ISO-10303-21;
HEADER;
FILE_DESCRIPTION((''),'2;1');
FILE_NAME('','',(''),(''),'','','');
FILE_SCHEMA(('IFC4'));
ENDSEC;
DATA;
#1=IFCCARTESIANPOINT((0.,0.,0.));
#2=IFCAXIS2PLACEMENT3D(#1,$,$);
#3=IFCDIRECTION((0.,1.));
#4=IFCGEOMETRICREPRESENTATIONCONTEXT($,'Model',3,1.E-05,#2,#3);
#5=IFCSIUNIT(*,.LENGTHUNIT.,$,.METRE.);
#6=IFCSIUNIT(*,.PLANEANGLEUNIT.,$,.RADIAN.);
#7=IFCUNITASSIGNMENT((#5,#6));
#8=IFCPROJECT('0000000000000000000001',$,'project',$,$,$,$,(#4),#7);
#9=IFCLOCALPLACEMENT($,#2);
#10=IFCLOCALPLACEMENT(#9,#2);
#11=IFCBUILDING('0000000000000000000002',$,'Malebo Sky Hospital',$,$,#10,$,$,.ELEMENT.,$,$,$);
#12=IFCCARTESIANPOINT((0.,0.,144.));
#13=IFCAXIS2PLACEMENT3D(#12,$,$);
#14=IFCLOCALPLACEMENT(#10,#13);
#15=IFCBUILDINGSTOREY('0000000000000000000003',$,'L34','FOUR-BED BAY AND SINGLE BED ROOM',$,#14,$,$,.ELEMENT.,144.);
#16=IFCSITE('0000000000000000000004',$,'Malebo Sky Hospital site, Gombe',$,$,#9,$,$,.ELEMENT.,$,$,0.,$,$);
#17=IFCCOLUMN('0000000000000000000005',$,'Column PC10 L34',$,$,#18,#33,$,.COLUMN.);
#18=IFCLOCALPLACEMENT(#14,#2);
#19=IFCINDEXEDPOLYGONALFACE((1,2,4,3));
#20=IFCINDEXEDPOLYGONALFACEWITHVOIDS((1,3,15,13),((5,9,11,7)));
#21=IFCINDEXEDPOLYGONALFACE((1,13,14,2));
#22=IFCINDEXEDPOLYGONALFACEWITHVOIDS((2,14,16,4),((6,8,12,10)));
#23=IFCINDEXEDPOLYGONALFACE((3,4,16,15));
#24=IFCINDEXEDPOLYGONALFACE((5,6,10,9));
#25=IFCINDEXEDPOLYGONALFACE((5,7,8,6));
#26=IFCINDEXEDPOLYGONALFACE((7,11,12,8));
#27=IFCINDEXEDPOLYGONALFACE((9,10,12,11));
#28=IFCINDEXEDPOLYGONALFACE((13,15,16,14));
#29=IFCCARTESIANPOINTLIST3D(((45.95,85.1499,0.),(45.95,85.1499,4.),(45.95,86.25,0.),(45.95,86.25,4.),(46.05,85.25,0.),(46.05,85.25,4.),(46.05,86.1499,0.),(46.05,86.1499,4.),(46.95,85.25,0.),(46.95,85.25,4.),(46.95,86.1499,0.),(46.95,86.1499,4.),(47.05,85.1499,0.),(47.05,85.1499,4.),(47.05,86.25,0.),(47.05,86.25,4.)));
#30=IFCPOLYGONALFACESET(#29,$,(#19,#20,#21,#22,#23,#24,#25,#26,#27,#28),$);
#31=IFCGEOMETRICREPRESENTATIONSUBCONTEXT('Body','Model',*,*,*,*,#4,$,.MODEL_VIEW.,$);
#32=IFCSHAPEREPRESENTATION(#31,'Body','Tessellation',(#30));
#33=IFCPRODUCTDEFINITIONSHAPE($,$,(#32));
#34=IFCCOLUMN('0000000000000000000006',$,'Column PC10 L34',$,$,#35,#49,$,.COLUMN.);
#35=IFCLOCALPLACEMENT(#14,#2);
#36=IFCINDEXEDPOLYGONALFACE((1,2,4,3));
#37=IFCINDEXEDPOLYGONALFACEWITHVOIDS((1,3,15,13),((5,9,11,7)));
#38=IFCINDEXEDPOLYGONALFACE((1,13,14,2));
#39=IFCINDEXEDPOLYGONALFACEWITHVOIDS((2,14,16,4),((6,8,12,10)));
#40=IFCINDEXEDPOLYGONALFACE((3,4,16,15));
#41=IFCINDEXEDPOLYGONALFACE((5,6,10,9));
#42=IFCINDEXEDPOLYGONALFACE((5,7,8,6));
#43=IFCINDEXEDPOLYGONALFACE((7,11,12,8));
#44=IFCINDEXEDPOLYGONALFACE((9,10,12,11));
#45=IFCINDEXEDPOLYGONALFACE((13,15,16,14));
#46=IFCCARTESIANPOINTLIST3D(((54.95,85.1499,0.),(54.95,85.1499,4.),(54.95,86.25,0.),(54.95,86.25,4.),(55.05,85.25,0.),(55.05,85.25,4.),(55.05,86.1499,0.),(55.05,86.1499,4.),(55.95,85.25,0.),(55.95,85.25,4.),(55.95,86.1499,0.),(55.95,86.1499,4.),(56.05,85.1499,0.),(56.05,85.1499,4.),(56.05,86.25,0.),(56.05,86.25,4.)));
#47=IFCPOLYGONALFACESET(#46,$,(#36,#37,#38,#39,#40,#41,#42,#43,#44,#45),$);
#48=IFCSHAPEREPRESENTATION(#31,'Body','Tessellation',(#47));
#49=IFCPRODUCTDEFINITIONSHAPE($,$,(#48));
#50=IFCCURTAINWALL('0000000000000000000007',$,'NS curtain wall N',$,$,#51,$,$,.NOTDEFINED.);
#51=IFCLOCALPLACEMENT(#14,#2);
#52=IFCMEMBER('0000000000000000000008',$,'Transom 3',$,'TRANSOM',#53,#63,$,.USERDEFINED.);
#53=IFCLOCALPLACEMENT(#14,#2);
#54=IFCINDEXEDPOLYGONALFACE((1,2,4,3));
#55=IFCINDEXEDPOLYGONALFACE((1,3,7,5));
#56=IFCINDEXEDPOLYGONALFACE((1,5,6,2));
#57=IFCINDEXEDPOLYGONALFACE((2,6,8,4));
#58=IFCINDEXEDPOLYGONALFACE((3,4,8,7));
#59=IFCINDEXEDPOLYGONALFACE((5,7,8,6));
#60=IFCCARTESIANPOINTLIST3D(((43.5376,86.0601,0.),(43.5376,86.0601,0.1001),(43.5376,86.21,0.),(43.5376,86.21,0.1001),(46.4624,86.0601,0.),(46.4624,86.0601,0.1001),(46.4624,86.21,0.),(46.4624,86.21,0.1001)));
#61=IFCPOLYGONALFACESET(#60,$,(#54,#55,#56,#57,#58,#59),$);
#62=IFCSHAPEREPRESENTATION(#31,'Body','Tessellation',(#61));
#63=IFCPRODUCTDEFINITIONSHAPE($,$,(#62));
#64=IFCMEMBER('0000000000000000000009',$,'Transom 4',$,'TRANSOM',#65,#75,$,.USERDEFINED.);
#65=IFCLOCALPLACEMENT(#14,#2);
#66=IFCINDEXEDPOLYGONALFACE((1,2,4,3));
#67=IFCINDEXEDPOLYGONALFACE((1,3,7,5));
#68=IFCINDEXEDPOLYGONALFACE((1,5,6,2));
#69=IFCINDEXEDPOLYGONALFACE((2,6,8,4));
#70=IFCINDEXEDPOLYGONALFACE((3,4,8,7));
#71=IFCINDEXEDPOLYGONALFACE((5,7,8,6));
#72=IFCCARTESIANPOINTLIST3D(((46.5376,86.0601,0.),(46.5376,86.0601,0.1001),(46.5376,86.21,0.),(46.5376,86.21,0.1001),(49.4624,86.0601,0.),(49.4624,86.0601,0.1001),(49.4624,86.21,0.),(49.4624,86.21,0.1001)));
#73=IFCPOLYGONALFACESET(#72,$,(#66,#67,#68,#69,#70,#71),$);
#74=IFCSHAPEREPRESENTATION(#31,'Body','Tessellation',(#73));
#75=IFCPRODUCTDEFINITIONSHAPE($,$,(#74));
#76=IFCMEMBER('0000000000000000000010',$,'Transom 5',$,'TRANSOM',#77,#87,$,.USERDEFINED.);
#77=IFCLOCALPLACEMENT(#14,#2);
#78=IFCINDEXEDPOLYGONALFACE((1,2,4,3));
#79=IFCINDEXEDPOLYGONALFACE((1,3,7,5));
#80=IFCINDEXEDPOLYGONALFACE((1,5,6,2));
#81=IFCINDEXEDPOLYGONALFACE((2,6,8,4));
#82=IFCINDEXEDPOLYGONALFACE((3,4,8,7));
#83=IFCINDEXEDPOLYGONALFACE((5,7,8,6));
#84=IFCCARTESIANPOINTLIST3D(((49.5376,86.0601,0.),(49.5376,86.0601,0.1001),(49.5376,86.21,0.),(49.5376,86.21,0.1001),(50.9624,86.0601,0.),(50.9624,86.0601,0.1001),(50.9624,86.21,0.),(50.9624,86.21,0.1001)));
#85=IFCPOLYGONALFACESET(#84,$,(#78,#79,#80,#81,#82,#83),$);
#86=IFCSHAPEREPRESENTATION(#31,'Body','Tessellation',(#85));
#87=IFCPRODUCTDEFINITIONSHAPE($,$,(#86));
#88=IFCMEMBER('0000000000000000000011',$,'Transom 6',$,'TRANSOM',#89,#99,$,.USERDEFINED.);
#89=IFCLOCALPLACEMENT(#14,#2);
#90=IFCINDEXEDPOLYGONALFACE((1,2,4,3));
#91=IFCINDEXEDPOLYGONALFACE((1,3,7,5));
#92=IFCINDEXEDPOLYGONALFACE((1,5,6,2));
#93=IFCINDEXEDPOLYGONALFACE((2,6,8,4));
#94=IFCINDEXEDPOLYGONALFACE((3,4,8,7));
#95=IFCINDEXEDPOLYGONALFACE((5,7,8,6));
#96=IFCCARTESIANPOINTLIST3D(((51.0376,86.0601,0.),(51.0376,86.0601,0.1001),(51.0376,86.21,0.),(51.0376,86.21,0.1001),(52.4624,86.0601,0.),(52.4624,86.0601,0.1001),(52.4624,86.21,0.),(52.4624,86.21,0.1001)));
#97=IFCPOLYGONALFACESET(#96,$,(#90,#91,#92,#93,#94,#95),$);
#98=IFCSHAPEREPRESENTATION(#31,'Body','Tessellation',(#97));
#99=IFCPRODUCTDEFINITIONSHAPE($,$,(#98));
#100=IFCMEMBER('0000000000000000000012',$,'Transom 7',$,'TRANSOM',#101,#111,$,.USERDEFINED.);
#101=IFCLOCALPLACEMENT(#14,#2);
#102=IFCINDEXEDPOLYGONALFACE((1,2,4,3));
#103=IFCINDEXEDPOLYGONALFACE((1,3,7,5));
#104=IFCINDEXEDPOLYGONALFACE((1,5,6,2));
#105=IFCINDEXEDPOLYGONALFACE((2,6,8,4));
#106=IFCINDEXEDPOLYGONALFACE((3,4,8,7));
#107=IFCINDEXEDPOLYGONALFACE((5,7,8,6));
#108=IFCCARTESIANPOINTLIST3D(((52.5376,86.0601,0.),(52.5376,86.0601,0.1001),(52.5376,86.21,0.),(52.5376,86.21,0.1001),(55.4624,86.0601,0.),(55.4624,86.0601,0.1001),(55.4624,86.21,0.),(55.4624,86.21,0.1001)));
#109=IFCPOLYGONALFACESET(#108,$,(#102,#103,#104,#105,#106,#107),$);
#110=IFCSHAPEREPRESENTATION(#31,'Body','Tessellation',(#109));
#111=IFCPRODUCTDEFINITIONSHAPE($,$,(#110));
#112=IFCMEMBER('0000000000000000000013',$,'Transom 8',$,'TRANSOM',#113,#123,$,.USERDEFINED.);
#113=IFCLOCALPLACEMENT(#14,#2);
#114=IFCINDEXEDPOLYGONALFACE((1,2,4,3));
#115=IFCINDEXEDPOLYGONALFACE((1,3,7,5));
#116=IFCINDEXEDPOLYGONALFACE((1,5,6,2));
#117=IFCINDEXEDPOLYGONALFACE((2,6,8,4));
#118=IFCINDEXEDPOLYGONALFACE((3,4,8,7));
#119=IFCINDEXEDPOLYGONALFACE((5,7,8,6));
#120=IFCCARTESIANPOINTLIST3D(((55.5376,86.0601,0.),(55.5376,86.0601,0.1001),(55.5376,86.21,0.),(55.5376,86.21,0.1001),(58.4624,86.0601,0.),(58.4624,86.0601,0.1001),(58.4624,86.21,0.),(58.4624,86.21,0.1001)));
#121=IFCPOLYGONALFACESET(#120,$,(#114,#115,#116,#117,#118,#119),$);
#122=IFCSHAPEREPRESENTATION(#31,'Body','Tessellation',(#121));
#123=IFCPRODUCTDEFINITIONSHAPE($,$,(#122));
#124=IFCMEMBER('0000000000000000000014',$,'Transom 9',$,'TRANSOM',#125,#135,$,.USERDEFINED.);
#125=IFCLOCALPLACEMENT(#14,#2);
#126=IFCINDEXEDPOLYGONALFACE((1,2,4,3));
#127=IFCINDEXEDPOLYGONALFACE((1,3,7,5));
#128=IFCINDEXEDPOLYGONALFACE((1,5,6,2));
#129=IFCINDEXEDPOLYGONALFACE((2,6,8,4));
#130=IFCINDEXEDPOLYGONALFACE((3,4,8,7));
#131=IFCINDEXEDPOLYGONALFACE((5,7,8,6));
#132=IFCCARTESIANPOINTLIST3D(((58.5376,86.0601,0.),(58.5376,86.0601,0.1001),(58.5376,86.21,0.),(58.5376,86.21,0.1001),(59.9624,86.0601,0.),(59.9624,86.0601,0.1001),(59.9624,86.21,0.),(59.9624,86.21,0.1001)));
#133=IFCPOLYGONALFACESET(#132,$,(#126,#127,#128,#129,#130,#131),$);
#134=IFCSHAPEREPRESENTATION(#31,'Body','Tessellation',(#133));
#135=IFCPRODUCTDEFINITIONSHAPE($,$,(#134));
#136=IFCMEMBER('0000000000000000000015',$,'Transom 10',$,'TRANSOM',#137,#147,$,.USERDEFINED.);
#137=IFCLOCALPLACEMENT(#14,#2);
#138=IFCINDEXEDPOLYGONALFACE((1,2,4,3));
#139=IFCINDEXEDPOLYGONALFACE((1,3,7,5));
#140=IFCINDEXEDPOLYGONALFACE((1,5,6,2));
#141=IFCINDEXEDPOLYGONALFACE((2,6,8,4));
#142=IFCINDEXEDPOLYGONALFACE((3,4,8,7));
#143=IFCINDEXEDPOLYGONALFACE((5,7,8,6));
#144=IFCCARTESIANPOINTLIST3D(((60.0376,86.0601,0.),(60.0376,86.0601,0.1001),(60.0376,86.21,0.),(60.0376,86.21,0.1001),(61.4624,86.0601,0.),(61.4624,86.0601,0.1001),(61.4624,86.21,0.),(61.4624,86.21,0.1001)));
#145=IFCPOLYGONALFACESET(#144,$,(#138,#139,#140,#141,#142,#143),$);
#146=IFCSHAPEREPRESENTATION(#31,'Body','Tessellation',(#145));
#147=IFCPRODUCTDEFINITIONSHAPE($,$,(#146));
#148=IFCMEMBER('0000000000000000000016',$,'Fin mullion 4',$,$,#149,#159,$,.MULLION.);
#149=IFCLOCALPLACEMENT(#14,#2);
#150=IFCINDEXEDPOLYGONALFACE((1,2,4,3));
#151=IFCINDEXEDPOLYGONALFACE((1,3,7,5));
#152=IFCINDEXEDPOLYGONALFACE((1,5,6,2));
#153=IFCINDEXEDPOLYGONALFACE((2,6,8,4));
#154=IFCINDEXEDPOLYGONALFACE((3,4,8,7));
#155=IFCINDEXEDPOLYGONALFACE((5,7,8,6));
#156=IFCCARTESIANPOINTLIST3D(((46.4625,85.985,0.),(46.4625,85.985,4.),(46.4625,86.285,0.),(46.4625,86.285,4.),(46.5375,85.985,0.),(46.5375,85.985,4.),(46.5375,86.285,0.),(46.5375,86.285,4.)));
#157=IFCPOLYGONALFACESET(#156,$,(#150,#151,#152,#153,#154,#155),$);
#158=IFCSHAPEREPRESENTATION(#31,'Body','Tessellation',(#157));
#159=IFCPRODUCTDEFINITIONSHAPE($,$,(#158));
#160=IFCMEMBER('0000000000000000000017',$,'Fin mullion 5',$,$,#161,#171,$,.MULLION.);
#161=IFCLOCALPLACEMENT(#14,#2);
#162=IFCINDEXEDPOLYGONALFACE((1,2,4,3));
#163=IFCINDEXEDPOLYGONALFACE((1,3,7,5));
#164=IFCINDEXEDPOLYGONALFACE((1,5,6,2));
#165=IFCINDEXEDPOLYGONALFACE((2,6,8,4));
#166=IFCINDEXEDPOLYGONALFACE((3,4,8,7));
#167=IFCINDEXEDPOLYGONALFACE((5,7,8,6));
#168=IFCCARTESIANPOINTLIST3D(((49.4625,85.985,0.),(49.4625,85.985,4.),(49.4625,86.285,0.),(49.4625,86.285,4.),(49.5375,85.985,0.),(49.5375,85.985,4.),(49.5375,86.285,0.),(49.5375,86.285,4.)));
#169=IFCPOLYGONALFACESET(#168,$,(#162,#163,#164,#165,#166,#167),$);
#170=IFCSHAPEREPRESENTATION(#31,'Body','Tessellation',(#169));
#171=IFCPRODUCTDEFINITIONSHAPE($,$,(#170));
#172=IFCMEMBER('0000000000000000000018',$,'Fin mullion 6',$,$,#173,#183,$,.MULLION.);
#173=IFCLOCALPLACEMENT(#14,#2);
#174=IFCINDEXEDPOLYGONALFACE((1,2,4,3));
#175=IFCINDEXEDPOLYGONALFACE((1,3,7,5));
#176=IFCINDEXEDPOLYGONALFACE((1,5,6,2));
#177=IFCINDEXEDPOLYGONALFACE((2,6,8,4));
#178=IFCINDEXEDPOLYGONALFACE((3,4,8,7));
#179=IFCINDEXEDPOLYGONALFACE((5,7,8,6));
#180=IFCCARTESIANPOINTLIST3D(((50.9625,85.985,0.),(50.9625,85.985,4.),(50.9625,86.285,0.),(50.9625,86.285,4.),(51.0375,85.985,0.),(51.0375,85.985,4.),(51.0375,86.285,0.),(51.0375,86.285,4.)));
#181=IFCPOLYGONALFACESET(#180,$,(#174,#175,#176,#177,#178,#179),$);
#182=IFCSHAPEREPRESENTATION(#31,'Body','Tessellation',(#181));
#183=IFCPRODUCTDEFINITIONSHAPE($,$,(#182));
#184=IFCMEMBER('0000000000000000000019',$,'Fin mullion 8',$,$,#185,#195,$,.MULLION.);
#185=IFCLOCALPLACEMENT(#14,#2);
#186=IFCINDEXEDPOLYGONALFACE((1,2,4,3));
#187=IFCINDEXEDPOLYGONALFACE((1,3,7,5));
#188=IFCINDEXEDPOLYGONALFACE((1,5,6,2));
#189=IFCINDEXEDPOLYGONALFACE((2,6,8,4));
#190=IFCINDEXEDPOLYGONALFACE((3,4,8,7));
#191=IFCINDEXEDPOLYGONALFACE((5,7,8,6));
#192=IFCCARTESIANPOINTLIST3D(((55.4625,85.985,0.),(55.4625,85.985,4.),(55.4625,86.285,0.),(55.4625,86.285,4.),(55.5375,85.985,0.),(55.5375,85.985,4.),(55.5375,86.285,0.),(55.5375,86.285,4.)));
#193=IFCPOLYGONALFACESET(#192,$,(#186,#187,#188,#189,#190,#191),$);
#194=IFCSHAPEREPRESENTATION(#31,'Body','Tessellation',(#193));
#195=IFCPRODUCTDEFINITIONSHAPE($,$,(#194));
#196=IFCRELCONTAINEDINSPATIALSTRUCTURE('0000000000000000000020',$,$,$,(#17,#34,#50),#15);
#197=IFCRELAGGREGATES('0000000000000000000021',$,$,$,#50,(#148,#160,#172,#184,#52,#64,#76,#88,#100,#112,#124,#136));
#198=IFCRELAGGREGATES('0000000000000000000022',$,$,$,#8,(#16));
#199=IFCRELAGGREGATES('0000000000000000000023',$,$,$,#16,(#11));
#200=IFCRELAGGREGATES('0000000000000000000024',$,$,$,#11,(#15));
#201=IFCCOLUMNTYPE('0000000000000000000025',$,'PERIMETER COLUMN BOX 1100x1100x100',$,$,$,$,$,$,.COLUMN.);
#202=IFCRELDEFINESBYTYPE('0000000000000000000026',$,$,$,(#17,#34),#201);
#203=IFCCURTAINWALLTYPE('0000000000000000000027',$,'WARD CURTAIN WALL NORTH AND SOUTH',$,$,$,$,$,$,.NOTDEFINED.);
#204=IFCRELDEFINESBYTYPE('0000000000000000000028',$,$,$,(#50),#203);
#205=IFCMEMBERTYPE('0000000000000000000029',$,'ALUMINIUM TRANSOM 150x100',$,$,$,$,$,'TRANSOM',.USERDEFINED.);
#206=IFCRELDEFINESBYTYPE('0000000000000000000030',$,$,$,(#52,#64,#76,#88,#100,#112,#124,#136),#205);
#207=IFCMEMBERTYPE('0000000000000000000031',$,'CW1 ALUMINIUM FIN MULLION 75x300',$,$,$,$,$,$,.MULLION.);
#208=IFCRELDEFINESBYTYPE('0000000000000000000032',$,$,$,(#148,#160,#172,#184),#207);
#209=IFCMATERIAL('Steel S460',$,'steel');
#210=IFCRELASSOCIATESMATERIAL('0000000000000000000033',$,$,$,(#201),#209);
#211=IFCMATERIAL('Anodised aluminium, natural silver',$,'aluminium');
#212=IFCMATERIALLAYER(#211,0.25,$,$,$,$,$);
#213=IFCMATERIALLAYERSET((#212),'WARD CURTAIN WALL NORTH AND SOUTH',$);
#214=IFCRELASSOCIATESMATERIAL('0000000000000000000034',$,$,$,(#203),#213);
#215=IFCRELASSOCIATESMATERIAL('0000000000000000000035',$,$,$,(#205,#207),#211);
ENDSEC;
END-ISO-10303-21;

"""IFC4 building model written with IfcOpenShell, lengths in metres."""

from ifc_helpers import new_model, si_unit, direction, frame, origin, origin_2d, place, context, subcontext, project, spatial, rectangle, hollow_rectangle, extrude, material, layer, layer_set, material_profile, profile_set, type_object, element, aggregate, save


model = new_model("IFC4")

# Units and contexts
model_context = context("Model", 3, precision=1e-05, world=origin(), true_north=direction((0.0, 1.0)))
body_context = subcontext(model_context, "Body", "Model", "MODEL_VIEW")
ifc_project = project(units=[si_unit("LENGTHUNIT", "METRE"), si_unit("PLANEANGLEUNIT", "RADIAN")], contexts=[model_context])

# Site, building, storey
site_placement = place(None, origin())
site = spatial("IfcSite", under=ifc_project, at=site_placement, Name="Malebo Sky Hospital site, Gombe", CompositionType="ELEMENT", RefElevation=0.0)
building_placement = place(site_placement, origin())
building = spatial("IfcBuilding", under=site, at=building_placement, Name="Malebo Sky Hospital", CompositionType="ELEMENT")
storey_placement = place(building_placement, frame((0.0, 0.0, 144.0)))
storey = spatial("IfcBuildingStorey", under=building, at=storey_placement, Name="L34", Description="FOUR-BED BAY AND SINGLE BED ROOM", CompositionType="ELEMENT", Elevation=144.0)

# Columns
ifc_material_1 = material(Name="Steel S460", Category="steel")
ifc_material_profile_1 = material_profile(ifc_material_1, hollow_rectangle(XDim=1.1001, YDim=1.1001, WallThickness=0.1001, at=origin_2d()), Name="BOX 1100x1100x100")
ifc_profile_set_1 = profile_set([ifc_material_profile_1], Name="Steel S460")
column_type = type_object("IfcColumnType", Name="PERIMETER COLUMN BOX 1100x1100x100", PredefinedType="COLUMN", material=ifc_profile_set_1)
for number, where, z_axis, x_axis, name in (
    (1, (46.5, 85.7, 0.0), (0.0, 0.0, 1.0), (1.0, 0.0, 0.0), "Column PC10 L34"),
    (2, (55.5, 85.7, 0.0), (0.0, 0.0, 1.0), (1.0, 0.0, 0.0), "Column PC10 L34"),
):
    element("IfcColumn", number, at=place(storey_placement, frame(where, z_axis=z_axis, x_axis=x_axis)), inside=storey, type_object=column_type, Name=name, PredefinedType="COLUMN", context=body_context, shape_type="SweptSolid", body=[
        extrude(hollow_rectangle(XDim=1.1001, YDim=1.1001, WallThickness=0.1001, at=origin_2d()), origin(), (0.0, 0.0, 1.0), 4.0),
    ])

# Curtain wall, members
ifc_material_2 = material(Name="Anodised aluminium, natural silver", Category="aluminium")
ifc_layer_1 = layer(ifc_material_2, 0.25)
ifc_layer_set_1 = layer_set([ifc_layer_1], Name="WARD CURTAIN WALL NORTH AND SOUTH")
curtain_wall_type = type_object("IfcCurtainWallType", Name="WARD CURTAIN WALL NORTH AND SOUTH", PredefinedType="NOTDEFINED", material=ifc_layer_set_1)
curtain_wall_placement = place(storey_placement, origin())
curtain_wall = element("IfcCurtainWall", 3, at=curtain_wall_placement, inside=storey, type_object=curtain_wall_type, Name="NS curtain wall N", PredefinedType="NOTDEFINED")
ifc_material_profile_2 = material_profile(ifc_material_2, rectangle(XDim=0.1499, YDim=0.1001, at=origin_2d()), Name="ALUMINIUM TRANSOM 150x100")
ifc_profile_set_2 = profile_set([ifc_material_profile_2], Name="Anodised aluminium, natural silver")
member_type_1 = type_object("IfcMemberType", Name="ALUMINIUM TRANSOM 150x100", ElementType="TRANSOM", PredefinedType="USERDEFINED", material=ifc_profile_set_2)
member_1_placement = place(storey_placement, frame((43.5376, 86.135, 0.05), z_axis=(1.0, 0.0, 0.0), x_axis=(0.0, 1.0, 0.0)))
member_1 = element("IfcMember", 4, at=member_1_placement, type_object=member_type_1, Name="Transom 3", ObjectType="TRANSOM", PredefinedType="USERDEFINED", context=body_context, shape_type="SweptSolid", body=[
    extrude(rectangle(XDim=0.1499, YDim=0.1001, at=origin_2d()), origin(), (0.0, 0.0, 1.0), 2.9248),
])
member_2_placement = place(storey_placement, frame((46.5376, 86.135, 0.05), z_axis=(1.0, 0.0, 0.0), x_axis=(0.0, 1.0, 0.0)))
member_2 = element("IfcMember", 5, at=member_2_placement, type_object=member_type_1, Name="Transom 4", ObjectType="TRANSOM", PredefinedType="USERDEFINED", context=body_context, shape_type="SweptSolid", body=[
    extrude(rectangle(XDim=0.1499, YDim=0.1001, at=origin_2d()), origin(), (0.0, 0.0, 1.0), 2.9248),
])
member_3_placement = place(storey_placement, frame((49.5376, 86.135, 0.05), z_axis=(1.0, 0.0, 0.0), x_axis=(0.0, 1.0, 0.0)))
member_3 = element("IfcMember", 6, at=member_3_placement, type_object=member_type_1, Name="Transom 5", ObjectType="TRANSOM", PredefinedType="USERDEFINED", context=body_context, shape_type="SweptSolid", body=[
    extrude(rectangle(XDim=0.1499, YDim=0.1001, at=origin_2d()), origin(), (0.0, 0.0, 1.0), 1.4248),
])
member_4_placement = place(storey_placement, frame((51.0376, 86.135, 0.05), z_axis=(1.0, 0.0, 0.0), x_axis=(0.0, 1.0, 0.0)))
member_4 = element("IfcMember", 7, at=member_4_placement, type_object=member_type_1, Name="Transom 6", ObjectType="TRANSOM", PredefinedType="USERDEFINED", context=body_context, shape_type="SweptSolid", body=[
    extrude(rectangle(XDim=0.1499, YDim=0.1001, at=origin_2d()), origin(), (0.0, 0.0, 1.0), 1.4248),
])
member_5_placement = place(storey_placement, frame((52.5376, 86.135, 0.05), z_axis=(1.0, 0.0, 0.0), x_axis=(0.0, 1.0, 0.0)))
member_5 = element("IfcMember", 8, at=member_5_placement, type_object=member_type_1, Name="Transom 7", ObjectType="TRANSOM", PredefinedType="USERDEFINED", context=body_context, shape_type="SweptSolid", body=[
    extrude(rectangle(XDim=0.1499, YDim=0.1001, at=origin_2d()), origin(), (0.0, 0.0, 1.0), 2.9248),
])
member_6_placement = place(storey_placement, frame((55.5376, 86.135, 0.05), z_axis=(1.0, 0.0, 0.0), x_axis=(0.0, 1.0, 0.0)))
member_6 = element("IfcMember", 9, at=member_6_placement, type_object=member_type_1, Name="Transom 8", ObjectType="TRANSOM", PredefinedType="USERDEFINED", context=body_context, shape_type="SweptSolid", body=[
    extrude(rectangle(XDim=0.1499, YDim=0.1001, at=origin_2d()), origin(), (0.0, 0.0, 1.0), 2.9248),
])
member_7_placement = place(storey_placement, frame((58.5376, 86.135, 0.05), z_axis=(1.0, 0.0, 0.0), x_axis=(0.0, 1.0, 0.0)))
member_7 = element("IfcMember", 10, at=member_7_placement, type_object=member_type_1, Name="Transom 9", ObjectType="TRANSOM", PredefinedType="USERDEFINED", context=body_context, shape_type="SweptSolid", body=[
    extrude(rectangle(XDim=0.1499, YDim=0.1001, at=origin_2d()), origin(), (0.0, 0.0, 1.0), 1.4248),
])
member_8_placement = place(storey_placement, frame((60.0376, 86.135, 0.05), z_axis=(1.0, 0.0, 0.0), x_axis=(0.0, 1.0, 0.0)))
member_8 = element("IfcMember", 11, at=member_8_placement, type_object=member_type_1, Name="Transom 10", ObjectType="TRANSOM", PredefinedType="USERDEFINED", context=body_context, shape_type="SweptSolid", body=[
    extrude(rectangle(XDim=0.1499, YDim=0.1001, at=origin_2d()), origin(), (0.0, 0.0, 1.0), 1.4248),
])
ifc_material_profile_3 = material_profile(ifc_material_2, rectangle(XDim=0.075, YDim=0.3, at=origin_2d()), Name="CW1 ALUMINIUM FIN MULLION 75x300")
ifc_profile_set_3 = profile_set([ifc_material_profile_3], Name="Anodised aluminium, natural silver")
member_type_2 = type_object("IfcMemberType", Name="CW1 ALUMINIUM FIN MULLION 75x300", PredefinedType="MULLION", material=ifc_profile_set_3)
member_9_placement = place(storey_placement, frame((46.5, 86.135, 0.0), z_axis=(0.0, 0.0, 1.0), x_axis=(1.0, 0.0, 0.0)))
member_9 = element("IfcMember", 12, at=member_9_placement, type_object=member_type_2, Name="Fin mullion 4", PredefinedType="MULLION", context=body_context, shape_type="SweptSolid", body=[
    extrude(rectangle(XDim=0.075, YDim=0.3, at=origin_2d()), origin(), (0.0, 0.0, 1.0), 4.0),
])
member_10_placement = place(storey_placement, frame((49.5, 86.135, 0.0), z_axis=(0.0, 0.0, 1.0), x_axis=(1.0, 0.0, 0.0)))
member_10 = element("IfcMember", 13, at=member_10_placement, type_object=member_type_2, Name="Fin mullion 5", PredefinedType="MULLION", context=body_context, shape_type="SweptSolid", body=[
    extrude(rectangle(XDim=0.075, YDim=0.3, at=origin_2d()), origin(), (0.0, 0.0, 1.0), 4.0),
])
member_11_placement = place(storey_placement, frame((51.0, 86.135, 0.0), z_axis=(0.0, 0.0, 1.0), x_axis=(1.0, 0.0, 0.0)))
member_11 = element("IfcMember", 14, at=member_11_placement, type_object=member_type_2, Name="Fin mullion 6", PredefinedType="MULLION", context=body_context, shape_type="SweptSolid", body=[
    extrude(rectangle(XDim=0.075, YDim=0.3, at=origin_2d()), origin(), (0.0, 0.0, 1.0), 4.0),
])
member_12_placement = place(storey_placement, frame((55.5, 86.135, 0.0), z_axis=(0.0, 0.0, 1.0), x_axis=(1.0, 0.0, 0.0)))
member_12 = element("IfcMember", 15, at=member_12_placement, type_object=member_type_2, Name="Fin mullion 8", PredefinedType="MULLION", context=body_context, shape_type="SweptSolid", body=[
    extrude(rectangle(XDim=0.075, YDim=0.3, at=origin_2d()), origin(), (0.0, 0.0, 1.0), 4.0),
])

aggregate(curtain_wall, [member_9, member_10, member_11, member_12, member_1, member_2, member_3, member_4, member_5, member_6, member_7, member_8])

save(model, "model.ifc")
